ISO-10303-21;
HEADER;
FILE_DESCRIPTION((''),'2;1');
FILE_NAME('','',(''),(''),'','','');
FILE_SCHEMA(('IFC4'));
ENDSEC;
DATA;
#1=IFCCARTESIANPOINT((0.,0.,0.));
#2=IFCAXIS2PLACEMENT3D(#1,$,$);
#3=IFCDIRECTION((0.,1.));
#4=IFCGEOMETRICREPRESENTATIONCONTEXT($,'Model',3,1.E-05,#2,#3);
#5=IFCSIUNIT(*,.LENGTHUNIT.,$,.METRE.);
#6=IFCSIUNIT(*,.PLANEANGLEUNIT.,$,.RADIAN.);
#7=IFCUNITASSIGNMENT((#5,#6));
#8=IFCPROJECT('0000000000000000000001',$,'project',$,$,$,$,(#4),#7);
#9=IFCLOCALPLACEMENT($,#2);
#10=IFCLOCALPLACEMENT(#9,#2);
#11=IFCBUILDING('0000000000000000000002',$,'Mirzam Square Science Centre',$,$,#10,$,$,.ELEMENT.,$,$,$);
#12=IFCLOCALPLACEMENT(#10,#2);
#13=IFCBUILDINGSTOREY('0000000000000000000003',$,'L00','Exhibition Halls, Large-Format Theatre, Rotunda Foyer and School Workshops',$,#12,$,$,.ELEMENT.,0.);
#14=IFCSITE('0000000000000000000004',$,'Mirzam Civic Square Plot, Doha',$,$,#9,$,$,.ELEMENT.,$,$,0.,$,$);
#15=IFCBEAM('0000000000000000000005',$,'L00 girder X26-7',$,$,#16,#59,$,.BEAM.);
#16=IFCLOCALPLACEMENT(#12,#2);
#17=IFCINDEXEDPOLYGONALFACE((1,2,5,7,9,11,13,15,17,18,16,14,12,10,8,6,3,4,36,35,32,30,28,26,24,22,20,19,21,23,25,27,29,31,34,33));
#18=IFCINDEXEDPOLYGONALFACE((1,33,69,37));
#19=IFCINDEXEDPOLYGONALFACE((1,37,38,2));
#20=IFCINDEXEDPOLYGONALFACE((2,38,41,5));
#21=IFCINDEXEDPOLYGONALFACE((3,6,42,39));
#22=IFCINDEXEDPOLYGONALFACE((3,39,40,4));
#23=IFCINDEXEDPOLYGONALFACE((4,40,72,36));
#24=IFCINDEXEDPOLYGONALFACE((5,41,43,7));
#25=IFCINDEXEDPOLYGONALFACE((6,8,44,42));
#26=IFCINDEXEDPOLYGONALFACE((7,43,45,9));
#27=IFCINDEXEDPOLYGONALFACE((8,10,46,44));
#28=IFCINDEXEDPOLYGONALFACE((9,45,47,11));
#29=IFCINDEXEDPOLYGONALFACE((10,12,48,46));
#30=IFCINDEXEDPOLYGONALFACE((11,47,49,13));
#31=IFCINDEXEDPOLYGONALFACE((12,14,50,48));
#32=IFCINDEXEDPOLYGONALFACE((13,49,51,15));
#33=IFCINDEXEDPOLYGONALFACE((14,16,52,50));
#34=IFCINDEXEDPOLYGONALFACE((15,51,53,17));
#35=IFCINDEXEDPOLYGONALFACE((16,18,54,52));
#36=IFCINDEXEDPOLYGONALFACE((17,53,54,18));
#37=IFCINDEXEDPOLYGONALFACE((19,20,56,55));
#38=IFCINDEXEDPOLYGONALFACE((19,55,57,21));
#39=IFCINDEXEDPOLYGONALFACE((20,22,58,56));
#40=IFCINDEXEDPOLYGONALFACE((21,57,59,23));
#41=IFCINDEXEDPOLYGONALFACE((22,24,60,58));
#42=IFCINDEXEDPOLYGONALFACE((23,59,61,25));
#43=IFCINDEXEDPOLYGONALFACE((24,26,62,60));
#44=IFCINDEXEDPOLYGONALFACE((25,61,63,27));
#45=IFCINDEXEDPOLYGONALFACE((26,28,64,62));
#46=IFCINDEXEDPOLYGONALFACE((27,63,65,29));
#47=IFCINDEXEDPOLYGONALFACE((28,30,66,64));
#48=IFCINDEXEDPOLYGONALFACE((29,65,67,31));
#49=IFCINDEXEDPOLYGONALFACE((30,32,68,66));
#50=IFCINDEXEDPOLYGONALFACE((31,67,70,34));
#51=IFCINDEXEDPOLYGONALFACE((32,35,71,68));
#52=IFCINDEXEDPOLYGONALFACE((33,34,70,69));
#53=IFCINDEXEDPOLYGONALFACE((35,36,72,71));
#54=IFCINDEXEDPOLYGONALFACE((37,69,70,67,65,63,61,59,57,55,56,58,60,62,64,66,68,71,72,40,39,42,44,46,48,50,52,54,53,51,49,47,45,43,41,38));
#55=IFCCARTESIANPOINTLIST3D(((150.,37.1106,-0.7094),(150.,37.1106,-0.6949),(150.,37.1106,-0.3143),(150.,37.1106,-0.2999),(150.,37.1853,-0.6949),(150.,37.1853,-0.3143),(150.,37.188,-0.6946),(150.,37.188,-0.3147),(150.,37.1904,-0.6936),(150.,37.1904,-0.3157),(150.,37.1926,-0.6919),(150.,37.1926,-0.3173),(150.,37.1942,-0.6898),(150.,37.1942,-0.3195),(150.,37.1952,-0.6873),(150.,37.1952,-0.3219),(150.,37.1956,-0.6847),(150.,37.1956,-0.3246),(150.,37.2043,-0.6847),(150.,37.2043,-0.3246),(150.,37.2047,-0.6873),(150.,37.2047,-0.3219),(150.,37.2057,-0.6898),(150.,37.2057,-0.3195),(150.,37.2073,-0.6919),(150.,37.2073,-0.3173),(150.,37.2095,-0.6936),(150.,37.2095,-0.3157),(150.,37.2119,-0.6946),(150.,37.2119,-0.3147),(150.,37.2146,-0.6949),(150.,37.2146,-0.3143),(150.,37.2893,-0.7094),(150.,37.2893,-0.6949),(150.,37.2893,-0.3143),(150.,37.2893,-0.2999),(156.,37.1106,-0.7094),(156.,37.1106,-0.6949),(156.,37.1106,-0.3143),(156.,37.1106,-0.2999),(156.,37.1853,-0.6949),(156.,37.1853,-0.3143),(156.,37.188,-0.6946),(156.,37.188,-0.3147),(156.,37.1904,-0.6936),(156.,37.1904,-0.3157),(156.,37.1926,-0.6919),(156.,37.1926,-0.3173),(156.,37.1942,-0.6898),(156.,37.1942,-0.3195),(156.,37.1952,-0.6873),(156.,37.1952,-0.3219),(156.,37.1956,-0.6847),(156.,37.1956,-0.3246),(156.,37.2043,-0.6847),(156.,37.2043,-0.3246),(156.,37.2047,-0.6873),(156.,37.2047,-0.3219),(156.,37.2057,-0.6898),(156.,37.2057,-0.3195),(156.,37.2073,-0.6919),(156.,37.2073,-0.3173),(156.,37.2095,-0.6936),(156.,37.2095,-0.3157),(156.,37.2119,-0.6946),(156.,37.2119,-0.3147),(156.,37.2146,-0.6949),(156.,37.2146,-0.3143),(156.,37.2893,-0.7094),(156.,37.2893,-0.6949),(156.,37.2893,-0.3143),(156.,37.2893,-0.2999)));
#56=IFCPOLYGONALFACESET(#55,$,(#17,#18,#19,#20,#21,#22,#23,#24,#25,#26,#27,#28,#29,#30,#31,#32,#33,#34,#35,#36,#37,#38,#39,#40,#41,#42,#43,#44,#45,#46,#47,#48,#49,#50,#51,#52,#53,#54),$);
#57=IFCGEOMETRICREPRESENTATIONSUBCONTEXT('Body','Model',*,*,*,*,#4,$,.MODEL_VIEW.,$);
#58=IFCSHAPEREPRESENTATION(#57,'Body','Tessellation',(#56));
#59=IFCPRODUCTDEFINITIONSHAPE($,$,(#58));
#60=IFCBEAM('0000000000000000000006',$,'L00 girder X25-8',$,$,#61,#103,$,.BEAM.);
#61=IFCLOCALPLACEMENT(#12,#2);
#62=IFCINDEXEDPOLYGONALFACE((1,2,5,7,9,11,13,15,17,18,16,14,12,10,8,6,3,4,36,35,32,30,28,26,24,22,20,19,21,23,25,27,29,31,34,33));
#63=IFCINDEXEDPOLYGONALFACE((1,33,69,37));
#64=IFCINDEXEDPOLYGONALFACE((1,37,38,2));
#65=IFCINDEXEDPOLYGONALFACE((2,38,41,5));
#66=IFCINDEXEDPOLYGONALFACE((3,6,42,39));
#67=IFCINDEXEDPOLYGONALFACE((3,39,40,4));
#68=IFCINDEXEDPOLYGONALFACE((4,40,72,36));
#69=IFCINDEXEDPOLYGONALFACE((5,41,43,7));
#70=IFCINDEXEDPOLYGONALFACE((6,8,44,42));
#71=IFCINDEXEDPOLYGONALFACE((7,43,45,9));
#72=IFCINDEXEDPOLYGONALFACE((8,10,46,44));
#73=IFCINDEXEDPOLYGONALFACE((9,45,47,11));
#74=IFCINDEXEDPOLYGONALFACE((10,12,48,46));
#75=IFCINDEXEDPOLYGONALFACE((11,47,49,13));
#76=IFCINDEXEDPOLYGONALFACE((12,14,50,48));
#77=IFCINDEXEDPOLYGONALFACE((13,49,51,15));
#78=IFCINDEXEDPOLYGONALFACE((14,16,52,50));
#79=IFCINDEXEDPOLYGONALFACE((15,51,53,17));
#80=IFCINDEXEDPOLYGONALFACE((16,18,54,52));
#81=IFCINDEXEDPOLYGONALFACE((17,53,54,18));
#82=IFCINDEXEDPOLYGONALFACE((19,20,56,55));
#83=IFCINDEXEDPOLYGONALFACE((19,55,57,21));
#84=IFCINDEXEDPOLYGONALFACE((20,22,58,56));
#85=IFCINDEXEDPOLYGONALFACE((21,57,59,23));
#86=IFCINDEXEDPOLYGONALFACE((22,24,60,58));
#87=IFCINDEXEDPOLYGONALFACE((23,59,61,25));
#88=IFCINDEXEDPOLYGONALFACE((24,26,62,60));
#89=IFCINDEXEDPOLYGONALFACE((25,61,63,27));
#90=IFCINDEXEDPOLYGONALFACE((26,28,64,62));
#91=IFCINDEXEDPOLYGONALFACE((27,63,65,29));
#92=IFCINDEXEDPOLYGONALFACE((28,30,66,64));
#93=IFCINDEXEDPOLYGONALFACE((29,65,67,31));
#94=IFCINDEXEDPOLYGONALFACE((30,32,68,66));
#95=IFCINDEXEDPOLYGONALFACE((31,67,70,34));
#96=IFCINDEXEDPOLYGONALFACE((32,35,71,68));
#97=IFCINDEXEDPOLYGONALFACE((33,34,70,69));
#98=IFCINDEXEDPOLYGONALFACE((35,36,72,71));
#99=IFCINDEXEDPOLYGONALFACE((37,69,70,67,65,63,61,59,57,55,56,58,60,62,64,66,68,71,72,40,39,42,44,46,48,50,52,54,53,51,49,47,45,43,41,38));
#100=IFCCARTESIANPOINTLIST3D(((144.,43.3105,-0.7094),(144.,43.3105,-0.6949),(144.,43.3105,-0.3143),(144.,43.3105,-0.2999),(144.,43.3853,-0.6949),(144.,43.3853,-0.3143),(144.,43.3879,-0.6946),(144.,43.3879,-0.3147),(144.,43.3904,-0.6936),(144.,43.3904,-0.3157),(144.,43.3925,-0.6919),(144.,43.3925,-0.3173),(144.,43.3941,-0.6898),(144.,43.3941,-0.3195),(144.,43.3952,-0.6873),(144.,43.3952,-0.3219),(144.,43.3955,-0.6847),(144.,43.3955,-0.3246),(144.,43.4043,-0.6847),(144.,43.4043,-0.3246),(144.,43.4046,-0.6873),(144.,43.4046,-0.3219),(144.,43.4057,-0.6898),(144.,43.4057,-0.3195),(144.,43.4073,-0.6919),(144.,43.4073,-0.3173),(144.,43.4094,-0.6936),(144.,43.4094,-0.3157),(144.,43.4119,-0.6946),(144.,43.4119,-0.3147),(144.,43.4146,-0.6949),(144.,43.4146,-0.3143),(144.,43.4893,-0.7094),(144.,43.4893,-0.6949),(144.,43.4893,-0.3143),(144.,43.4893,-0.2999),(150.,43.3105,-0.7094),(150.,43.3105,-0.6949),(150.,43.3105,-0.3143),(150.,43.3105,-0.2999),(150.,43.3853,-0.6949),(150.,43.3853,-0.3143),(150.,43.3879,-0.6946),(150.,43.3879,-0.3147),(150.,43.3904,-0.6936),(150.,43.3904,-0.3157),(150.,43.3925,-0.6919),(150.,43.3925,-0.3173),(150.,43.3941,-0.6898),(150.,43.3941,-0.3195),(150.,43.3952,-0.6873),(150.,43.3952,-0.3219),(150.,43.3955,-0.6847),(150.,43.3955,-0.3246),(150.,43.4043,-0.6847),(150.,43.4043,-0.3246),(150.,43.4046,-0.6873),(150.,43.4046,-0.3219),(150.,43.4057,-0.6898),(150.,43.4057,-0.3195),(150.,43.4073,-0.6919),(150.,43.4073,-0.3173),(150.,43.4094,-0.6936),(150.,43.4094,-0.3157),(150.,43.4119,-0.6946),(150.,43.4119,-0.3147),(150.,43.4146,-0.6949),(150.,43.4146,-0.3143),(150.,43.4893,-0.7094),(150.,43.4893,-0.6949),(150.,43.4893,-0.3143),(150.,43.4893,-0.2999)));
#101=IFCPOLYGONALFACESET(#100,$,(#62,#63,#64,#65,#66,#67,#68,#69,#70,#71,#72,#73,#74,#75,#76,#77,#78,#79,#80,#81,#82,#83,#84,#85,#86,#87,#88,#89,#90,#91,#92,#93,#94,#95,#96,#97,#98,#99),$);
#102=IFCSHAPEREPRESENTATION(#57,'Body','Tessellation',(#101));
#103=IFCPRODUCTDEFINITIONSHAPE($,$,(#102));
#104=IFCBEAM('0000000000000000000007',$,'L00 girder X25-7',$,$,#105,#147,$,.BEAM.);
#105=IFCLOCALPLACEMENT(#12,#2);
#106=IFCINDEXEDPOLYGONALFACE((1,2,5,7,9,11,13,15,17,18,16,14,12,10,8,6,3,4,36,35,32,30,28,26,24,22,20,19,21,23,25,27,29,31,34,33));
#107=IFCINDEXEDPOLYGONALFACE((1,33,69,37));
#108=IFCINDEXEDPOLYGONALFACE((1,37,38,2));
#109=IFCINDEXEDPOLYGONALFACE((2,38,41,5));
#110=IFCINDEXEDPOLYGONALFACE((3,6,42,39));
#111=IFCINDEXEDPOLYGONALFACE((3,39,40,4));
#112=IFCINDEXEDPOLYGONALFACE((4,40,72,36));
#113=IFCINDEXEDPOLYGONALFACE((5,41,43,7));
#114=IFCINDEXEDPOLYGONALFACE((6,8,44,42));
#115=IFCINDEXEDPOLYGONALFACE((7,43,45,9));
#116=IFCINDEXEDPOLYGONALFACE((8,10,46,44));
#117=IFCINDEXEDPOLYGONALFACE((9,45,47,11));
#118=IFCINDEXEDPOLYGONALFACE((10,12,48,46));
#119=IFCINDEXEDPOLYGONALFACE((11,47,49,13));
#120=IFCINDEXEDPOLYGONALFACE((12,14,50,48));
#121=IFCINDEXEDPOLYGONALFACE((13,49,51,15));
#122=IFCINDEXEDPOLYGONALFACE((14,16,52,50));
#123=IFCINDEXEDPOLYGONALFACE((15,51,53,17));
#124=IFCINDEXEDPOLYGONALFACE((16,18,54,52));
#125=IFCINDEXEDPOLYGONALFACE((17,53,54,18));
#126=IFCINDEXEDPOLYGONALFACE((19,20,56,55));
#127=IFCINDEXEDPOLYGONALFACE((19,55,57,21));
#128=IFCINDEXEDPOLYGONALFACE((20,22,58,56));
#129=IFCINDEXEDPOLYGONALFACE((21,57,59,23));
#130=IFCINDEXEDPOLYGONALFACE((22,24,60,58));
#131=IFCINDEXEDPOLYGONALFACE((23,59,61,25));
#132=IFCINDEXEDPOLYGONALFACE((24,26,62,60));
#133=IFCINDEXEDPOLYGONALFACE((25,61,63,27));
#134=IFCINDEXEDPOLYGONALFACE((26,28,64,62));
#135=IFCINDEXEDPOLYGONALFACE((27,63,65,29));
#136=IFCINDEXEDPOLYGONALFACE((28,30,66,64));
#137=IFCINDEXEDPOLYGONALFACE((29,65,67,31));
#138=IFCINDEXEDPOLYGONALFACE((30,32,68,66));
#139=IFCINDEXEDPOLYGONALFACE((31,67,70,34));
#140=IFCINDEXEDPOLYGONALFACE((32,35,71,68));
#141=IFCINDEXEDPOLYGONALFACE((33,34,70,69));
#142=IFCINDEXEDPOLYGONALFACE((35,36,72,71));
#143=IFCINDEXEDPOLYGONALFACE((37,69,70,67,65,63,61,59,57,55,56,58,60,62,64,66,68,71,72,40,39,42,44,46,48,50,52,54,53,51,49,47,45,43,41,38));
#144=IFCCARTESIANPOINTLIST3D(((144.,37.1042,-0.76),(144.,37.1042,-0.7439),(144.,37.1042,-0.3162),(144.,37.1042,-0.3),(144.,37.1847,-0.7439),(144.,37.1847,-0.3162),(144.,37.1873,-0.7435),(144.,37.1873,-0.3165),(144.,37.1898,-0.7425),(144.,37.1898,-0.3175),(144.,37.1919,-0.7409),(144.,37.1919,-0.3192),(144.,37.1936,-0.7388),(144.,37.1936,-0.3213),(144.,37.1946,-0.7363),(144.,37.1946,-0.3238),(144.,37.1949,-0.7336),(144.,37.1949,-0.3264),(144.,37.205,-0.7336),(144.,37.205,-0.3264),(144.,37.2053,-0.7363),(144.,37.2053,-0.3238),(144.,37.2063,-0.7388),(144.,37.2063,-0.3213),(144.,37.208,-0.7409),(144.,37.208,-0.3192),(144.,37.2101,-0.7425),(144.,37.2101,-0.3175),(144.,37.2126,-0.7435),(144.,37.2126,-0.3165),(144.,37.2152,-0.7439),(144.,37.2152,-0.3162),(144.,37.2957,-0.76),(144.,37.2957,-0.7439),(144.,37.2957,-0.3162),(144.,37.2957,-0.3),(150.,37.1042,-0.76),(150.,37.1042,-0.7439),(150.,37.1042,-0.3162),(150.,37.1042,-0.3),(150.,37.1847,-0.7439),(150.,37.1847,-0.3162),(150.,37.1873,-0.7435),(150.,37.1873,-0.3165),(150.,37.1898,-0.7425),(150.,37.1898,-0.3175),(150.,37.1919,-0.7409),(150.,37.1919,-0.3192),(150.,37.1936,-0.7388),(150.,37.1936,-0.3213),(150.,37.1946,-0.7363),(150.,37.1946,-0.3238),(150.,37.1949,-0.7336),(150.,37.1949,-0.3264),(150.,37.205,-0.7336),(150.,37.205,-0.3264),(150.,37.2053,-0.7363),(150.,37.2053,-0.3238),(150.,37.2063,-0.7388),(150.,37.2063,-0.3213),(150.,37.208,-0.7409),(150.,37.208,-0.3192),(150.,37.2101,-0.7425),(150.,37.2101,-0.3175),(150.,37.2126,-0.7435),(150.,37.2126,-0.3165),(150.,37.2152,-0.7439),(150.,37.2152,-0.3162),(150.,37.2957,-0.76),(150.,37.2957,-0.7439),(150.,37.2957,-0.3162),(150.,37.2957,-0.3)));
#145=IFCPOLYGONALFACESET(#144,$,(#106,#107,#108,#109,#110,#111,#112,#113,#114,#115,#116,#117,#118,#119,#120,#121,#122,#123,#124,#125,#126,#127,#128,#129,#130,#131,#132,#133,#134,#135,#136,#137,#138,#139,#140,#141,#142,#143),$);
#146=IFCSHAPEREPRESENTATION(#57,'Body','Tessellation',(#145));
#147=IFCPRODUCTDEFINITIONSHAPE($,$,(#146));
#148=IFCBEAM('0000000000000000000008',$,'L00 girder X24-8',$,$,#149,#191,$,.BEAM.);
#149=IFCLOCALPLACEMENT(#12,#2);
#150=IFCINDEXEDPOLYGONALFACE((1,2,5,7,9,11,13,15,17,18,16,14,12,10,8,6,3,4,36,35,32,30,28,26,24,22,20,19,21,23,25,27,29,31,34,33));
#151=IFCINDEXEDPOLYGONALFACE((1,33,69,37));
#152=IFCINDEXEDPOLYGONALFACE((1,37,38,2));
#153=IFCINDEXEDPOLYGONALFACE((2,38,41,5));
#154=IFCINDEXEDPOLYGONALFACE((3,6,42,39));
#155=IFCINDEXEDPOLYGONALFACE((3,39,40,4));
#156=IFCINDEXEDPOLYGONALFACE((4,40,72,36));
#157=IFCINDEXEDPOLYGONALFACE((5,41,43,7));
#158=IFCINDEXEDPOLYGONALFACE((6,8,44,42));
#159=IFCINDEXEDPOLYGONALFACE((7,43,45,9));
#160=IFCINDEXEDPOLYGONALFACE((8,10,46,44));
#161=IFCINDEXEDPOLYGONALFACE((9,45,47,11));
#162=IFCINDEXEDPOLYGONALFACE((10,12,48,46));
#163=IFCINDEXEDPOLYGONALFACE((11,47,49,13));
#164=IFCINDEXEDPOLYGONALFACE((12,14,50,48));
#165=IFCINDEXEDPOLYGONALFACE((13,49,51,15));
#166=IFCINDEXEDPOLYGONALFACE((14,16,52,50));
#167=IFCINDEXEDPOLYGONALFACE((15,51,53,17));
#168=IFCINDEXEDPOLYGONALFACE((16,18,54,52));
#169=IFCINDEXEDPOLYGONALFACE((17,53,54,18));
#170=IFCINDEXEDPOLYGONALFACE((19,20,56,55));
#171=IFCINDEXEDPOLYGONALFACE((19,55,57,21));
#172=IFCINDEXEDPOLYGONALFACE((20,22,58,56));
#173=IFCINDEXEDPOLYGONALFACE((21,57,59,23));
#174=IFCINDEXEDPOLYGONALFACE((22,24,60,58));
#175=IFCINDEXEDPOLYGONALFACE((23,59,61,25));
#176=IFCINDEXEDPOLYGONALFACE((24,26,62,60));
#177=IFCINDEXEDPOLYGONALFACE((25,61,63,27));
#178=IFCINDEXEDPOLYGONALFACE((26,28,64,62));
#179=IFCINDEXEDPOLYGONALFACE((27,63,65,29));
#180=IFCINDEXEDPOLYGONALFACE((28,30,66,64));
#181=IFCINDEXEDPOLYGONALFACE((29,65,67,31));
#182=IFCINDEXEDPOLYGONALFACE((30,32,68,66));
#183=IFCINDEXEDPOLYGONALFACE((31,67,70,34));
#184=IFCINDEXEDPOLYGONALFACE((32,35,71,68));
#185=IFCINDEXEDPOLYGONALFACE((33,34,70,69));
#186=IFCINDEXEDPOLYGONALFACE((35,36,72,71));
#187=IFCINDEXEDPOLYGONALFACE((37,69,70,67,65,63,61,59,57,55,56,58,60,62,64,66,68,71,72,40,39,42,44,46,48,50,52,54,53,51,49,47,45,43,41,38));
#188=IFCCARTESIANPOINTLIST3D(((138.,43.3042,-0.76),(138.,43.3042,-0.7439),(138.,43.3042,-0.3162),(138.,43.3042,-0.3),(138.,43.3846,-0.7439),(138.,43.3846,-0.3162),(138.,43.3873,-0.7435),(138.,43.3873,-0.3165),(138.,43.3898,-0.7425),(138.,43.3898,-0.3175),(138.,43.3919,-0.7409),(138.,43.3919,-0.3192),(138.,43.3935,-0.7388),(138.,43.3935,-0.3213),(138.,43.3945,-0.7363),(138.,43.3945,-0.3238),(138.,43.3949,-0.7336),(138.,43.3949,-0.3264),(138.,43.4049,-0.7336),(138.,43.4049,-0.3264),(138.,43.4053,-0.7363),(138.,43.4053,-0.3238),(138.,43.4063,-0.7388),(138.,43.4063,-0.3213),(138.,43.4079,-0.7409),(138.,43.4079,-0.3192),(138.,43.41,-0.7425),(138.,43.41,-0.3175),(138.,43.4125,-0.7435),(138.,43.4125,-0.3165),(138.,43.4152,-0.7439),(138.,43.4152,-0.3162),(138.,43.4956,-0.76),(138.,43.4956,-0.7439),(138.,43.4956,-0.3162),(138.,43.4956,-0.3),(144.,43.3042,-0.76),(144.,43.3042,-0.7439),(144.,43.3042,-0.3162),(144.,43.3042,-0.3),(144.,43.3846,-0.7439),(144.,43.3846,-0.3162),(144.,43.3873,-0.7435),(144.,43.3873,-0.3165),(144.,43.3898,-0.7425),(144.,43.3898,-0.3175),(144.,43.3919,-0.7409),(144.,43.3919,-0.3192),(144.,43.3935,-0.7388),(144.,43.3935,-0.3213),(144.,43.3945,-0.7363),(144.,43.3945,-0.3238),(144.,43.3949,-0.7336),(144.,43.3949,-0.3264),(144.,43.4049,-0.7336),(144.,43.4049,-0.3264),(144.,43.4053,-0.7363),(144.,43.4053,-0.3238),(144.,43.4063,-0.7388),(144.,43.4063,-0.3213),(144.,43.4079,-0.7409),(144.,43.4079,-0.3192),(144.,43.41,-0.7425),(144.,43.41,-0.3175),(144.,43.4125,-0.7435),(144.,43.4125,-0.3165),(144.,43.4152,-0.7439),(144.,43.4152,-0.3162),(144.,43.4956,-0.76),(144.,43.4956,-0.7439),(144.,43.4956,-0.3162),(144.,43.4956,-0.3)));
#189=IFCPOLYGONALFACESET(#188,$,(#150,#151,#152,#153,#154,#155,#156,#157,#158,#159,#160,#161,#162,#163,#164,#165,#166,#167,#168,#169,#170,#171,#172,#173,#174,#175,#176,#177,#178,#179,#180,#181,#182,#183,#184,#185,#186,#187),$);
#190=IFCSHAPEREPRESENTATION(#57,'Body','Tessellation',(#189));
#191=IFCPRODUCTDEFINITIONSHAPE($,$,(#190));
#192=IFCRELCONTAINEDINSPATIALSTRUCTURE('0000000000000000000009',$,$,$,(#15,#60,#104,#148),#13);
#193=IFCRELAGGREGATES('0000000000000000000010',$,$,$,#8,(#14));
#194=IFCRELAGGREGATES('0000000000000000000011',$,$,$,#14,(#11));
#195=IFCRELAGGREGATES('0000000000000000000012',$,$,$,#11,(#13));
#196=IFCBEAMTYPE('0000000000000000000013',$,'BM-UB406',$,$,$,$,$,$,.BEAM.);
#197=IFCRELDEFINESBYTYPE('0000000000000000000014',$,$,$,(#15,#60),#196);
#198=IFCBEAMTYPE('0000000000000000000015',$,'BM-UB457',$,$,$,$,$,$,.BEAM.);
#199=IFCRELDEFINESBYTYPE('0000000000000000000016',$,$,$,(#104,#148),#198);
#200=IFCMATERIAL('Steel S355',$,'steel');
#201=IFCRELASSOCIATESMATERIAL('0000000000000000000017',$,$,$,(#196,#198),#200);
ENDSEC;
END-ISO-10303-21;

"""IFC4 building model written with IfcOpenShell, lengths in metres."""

from ifc_helpers import new_model, si_unit, direction, frame, origin, origin_2d, place, context, subcontext, project, spatial, i_section, extrude, material, material_profile, profile_set, type_object, element, save


model = new_model("IFC4")

# Units and contexts
model_context = context("Model", 3, precision=1e-05, world=origin(), true_north=direction((0.0, 1.0)))
body_context = subcontext(model_context, "Body", "Model", "MODEL_VIEW")
ifc_project = project(units=[si_unit("LENGTHUNIT", "METRE"), si_unit("PLANEANGLEUNIT", "RADIAN")], contexts=[model_context])

# Site, building, storey
site_placement = place(None, origin())
site = spatial("IfcSite", under=ifc_project, at=site_placement, Name="Mirzam Civic Square Plot, Doha", CompositionType="ELEMENT", RefElevation=0.0)
building_placement = place(site_placement, origin())
building = spatial("IfcBuilding", under=site, at=building_placement, Name="Mirzam Square Science Centre", CompositionType="ELEMENT")
storey_placement = place(building_placement, origin())
storey = spatial("IfcBuildingStorey", under=building, at=storey_placement, Name="L00", Description="Exhibition Halls, Large-Format Theatre, Rotunda Foyer and School Workshops", CompositionType="ELEMENT", Elevation=0.0)

# Shared definitions
ifc_material_1 = material(Name="Steel S355", Category="steel")

# Beams
ifc_material_profile_1 = material_profile(ifc_material_1, i_section(OverallWidth=0.1787, OverallDepth=0.4094, WebThickness=0.0088, FlangeThickness=0.0144, FilletRadius=0.0103, at=origin_2d()), Name="406x178x67UB")
ifc_profile_set_1 = profile_set([ifc_material_profile_1], Name="Steel S355")
beam_type_1 = type_object("IfcBeamType", Name="BM-UB406", PredefinedType="BEAM", material=ifc_profile_set_1)
for number, where, z_axis, x_axis, name in (
    (1, (150.0, 37.2, -0.5046), (1.0, 0.0, 0.0), (0.0, 1.0, 0.0), "L00 girder X26-7"),
    (2, (144.0, 43.3999, -0.5046), (1.0, 0.0, 0.0), (0.0, 1.0, 0.0), "L00 girder X25-8"),
):
    element("IfcBeam", number, at=place(storey_placement, frame(where, z_axis=z_axis, x_axis=x_axis)), inside=storey, type_object=beam_type_1, Name=name, PredefinedType="BEAM", context=body_context, shape_type="SweptSolid", body=[
        extrude(i_section(OverallWidth=0.1787, OverallDepth=0.4094, WebThickness=0.0088, FlangeThickness=0.0144, FilletRadius=0.0103, at=origin_2d()), origin(), (0.0, 0.0, 1.0), 6.0),
    ])
ifc_material_profile_2 = material_profile(ifc_material_1, i_section(OverallWidth=0.1914, OverallDepth=0.46, WebThickness=0.01, FlangeThickness=0.0161, FilletRadius=0.0103, at=origin_2d()), Name="457x191x82UB")
ifc_profile_set_2 = profile_set([ifc_material_profile_2], Name="Steel S355")
beam_type_2 = type_object("IfcBeamType", Name="BM-UB457", PredefinedType="BEAM", material=ifc_profile_set_2)
for number, where, z_axis, x_axis, name in (
    (3, (144.0, 37.2, -0.53), (1.0, 0.0, 0.0), (0.0, 1.0, 0.0), "L00 girder X25-7"),
    (4, (138.0, 43.3999, -0.53), (1.0, 0.0, 0.0), (0.0, 1.0, 0.0), "L00 girder X24-8"),
):
    element("IfcBeam", number, at=place(storey_placement, frame(where, z_axis=z_axis, x_axis=x_axis)), inside=storey, type_object=beam_type_2, Name=name, PredefinedType="BEAM", context=body_context, shape_type="SweptSolid", body=[
        extrude(i_section(OverallWidth=0.1914, OverallDepth=0.46, WebThickness=0.01, FlangeThickness=0.0161, FilletRadius=0.0103, at=origin_2d()), origin(), (0.0, 0.0, 1.0), 6.0),
    ])

save(model, "model.ifc")
